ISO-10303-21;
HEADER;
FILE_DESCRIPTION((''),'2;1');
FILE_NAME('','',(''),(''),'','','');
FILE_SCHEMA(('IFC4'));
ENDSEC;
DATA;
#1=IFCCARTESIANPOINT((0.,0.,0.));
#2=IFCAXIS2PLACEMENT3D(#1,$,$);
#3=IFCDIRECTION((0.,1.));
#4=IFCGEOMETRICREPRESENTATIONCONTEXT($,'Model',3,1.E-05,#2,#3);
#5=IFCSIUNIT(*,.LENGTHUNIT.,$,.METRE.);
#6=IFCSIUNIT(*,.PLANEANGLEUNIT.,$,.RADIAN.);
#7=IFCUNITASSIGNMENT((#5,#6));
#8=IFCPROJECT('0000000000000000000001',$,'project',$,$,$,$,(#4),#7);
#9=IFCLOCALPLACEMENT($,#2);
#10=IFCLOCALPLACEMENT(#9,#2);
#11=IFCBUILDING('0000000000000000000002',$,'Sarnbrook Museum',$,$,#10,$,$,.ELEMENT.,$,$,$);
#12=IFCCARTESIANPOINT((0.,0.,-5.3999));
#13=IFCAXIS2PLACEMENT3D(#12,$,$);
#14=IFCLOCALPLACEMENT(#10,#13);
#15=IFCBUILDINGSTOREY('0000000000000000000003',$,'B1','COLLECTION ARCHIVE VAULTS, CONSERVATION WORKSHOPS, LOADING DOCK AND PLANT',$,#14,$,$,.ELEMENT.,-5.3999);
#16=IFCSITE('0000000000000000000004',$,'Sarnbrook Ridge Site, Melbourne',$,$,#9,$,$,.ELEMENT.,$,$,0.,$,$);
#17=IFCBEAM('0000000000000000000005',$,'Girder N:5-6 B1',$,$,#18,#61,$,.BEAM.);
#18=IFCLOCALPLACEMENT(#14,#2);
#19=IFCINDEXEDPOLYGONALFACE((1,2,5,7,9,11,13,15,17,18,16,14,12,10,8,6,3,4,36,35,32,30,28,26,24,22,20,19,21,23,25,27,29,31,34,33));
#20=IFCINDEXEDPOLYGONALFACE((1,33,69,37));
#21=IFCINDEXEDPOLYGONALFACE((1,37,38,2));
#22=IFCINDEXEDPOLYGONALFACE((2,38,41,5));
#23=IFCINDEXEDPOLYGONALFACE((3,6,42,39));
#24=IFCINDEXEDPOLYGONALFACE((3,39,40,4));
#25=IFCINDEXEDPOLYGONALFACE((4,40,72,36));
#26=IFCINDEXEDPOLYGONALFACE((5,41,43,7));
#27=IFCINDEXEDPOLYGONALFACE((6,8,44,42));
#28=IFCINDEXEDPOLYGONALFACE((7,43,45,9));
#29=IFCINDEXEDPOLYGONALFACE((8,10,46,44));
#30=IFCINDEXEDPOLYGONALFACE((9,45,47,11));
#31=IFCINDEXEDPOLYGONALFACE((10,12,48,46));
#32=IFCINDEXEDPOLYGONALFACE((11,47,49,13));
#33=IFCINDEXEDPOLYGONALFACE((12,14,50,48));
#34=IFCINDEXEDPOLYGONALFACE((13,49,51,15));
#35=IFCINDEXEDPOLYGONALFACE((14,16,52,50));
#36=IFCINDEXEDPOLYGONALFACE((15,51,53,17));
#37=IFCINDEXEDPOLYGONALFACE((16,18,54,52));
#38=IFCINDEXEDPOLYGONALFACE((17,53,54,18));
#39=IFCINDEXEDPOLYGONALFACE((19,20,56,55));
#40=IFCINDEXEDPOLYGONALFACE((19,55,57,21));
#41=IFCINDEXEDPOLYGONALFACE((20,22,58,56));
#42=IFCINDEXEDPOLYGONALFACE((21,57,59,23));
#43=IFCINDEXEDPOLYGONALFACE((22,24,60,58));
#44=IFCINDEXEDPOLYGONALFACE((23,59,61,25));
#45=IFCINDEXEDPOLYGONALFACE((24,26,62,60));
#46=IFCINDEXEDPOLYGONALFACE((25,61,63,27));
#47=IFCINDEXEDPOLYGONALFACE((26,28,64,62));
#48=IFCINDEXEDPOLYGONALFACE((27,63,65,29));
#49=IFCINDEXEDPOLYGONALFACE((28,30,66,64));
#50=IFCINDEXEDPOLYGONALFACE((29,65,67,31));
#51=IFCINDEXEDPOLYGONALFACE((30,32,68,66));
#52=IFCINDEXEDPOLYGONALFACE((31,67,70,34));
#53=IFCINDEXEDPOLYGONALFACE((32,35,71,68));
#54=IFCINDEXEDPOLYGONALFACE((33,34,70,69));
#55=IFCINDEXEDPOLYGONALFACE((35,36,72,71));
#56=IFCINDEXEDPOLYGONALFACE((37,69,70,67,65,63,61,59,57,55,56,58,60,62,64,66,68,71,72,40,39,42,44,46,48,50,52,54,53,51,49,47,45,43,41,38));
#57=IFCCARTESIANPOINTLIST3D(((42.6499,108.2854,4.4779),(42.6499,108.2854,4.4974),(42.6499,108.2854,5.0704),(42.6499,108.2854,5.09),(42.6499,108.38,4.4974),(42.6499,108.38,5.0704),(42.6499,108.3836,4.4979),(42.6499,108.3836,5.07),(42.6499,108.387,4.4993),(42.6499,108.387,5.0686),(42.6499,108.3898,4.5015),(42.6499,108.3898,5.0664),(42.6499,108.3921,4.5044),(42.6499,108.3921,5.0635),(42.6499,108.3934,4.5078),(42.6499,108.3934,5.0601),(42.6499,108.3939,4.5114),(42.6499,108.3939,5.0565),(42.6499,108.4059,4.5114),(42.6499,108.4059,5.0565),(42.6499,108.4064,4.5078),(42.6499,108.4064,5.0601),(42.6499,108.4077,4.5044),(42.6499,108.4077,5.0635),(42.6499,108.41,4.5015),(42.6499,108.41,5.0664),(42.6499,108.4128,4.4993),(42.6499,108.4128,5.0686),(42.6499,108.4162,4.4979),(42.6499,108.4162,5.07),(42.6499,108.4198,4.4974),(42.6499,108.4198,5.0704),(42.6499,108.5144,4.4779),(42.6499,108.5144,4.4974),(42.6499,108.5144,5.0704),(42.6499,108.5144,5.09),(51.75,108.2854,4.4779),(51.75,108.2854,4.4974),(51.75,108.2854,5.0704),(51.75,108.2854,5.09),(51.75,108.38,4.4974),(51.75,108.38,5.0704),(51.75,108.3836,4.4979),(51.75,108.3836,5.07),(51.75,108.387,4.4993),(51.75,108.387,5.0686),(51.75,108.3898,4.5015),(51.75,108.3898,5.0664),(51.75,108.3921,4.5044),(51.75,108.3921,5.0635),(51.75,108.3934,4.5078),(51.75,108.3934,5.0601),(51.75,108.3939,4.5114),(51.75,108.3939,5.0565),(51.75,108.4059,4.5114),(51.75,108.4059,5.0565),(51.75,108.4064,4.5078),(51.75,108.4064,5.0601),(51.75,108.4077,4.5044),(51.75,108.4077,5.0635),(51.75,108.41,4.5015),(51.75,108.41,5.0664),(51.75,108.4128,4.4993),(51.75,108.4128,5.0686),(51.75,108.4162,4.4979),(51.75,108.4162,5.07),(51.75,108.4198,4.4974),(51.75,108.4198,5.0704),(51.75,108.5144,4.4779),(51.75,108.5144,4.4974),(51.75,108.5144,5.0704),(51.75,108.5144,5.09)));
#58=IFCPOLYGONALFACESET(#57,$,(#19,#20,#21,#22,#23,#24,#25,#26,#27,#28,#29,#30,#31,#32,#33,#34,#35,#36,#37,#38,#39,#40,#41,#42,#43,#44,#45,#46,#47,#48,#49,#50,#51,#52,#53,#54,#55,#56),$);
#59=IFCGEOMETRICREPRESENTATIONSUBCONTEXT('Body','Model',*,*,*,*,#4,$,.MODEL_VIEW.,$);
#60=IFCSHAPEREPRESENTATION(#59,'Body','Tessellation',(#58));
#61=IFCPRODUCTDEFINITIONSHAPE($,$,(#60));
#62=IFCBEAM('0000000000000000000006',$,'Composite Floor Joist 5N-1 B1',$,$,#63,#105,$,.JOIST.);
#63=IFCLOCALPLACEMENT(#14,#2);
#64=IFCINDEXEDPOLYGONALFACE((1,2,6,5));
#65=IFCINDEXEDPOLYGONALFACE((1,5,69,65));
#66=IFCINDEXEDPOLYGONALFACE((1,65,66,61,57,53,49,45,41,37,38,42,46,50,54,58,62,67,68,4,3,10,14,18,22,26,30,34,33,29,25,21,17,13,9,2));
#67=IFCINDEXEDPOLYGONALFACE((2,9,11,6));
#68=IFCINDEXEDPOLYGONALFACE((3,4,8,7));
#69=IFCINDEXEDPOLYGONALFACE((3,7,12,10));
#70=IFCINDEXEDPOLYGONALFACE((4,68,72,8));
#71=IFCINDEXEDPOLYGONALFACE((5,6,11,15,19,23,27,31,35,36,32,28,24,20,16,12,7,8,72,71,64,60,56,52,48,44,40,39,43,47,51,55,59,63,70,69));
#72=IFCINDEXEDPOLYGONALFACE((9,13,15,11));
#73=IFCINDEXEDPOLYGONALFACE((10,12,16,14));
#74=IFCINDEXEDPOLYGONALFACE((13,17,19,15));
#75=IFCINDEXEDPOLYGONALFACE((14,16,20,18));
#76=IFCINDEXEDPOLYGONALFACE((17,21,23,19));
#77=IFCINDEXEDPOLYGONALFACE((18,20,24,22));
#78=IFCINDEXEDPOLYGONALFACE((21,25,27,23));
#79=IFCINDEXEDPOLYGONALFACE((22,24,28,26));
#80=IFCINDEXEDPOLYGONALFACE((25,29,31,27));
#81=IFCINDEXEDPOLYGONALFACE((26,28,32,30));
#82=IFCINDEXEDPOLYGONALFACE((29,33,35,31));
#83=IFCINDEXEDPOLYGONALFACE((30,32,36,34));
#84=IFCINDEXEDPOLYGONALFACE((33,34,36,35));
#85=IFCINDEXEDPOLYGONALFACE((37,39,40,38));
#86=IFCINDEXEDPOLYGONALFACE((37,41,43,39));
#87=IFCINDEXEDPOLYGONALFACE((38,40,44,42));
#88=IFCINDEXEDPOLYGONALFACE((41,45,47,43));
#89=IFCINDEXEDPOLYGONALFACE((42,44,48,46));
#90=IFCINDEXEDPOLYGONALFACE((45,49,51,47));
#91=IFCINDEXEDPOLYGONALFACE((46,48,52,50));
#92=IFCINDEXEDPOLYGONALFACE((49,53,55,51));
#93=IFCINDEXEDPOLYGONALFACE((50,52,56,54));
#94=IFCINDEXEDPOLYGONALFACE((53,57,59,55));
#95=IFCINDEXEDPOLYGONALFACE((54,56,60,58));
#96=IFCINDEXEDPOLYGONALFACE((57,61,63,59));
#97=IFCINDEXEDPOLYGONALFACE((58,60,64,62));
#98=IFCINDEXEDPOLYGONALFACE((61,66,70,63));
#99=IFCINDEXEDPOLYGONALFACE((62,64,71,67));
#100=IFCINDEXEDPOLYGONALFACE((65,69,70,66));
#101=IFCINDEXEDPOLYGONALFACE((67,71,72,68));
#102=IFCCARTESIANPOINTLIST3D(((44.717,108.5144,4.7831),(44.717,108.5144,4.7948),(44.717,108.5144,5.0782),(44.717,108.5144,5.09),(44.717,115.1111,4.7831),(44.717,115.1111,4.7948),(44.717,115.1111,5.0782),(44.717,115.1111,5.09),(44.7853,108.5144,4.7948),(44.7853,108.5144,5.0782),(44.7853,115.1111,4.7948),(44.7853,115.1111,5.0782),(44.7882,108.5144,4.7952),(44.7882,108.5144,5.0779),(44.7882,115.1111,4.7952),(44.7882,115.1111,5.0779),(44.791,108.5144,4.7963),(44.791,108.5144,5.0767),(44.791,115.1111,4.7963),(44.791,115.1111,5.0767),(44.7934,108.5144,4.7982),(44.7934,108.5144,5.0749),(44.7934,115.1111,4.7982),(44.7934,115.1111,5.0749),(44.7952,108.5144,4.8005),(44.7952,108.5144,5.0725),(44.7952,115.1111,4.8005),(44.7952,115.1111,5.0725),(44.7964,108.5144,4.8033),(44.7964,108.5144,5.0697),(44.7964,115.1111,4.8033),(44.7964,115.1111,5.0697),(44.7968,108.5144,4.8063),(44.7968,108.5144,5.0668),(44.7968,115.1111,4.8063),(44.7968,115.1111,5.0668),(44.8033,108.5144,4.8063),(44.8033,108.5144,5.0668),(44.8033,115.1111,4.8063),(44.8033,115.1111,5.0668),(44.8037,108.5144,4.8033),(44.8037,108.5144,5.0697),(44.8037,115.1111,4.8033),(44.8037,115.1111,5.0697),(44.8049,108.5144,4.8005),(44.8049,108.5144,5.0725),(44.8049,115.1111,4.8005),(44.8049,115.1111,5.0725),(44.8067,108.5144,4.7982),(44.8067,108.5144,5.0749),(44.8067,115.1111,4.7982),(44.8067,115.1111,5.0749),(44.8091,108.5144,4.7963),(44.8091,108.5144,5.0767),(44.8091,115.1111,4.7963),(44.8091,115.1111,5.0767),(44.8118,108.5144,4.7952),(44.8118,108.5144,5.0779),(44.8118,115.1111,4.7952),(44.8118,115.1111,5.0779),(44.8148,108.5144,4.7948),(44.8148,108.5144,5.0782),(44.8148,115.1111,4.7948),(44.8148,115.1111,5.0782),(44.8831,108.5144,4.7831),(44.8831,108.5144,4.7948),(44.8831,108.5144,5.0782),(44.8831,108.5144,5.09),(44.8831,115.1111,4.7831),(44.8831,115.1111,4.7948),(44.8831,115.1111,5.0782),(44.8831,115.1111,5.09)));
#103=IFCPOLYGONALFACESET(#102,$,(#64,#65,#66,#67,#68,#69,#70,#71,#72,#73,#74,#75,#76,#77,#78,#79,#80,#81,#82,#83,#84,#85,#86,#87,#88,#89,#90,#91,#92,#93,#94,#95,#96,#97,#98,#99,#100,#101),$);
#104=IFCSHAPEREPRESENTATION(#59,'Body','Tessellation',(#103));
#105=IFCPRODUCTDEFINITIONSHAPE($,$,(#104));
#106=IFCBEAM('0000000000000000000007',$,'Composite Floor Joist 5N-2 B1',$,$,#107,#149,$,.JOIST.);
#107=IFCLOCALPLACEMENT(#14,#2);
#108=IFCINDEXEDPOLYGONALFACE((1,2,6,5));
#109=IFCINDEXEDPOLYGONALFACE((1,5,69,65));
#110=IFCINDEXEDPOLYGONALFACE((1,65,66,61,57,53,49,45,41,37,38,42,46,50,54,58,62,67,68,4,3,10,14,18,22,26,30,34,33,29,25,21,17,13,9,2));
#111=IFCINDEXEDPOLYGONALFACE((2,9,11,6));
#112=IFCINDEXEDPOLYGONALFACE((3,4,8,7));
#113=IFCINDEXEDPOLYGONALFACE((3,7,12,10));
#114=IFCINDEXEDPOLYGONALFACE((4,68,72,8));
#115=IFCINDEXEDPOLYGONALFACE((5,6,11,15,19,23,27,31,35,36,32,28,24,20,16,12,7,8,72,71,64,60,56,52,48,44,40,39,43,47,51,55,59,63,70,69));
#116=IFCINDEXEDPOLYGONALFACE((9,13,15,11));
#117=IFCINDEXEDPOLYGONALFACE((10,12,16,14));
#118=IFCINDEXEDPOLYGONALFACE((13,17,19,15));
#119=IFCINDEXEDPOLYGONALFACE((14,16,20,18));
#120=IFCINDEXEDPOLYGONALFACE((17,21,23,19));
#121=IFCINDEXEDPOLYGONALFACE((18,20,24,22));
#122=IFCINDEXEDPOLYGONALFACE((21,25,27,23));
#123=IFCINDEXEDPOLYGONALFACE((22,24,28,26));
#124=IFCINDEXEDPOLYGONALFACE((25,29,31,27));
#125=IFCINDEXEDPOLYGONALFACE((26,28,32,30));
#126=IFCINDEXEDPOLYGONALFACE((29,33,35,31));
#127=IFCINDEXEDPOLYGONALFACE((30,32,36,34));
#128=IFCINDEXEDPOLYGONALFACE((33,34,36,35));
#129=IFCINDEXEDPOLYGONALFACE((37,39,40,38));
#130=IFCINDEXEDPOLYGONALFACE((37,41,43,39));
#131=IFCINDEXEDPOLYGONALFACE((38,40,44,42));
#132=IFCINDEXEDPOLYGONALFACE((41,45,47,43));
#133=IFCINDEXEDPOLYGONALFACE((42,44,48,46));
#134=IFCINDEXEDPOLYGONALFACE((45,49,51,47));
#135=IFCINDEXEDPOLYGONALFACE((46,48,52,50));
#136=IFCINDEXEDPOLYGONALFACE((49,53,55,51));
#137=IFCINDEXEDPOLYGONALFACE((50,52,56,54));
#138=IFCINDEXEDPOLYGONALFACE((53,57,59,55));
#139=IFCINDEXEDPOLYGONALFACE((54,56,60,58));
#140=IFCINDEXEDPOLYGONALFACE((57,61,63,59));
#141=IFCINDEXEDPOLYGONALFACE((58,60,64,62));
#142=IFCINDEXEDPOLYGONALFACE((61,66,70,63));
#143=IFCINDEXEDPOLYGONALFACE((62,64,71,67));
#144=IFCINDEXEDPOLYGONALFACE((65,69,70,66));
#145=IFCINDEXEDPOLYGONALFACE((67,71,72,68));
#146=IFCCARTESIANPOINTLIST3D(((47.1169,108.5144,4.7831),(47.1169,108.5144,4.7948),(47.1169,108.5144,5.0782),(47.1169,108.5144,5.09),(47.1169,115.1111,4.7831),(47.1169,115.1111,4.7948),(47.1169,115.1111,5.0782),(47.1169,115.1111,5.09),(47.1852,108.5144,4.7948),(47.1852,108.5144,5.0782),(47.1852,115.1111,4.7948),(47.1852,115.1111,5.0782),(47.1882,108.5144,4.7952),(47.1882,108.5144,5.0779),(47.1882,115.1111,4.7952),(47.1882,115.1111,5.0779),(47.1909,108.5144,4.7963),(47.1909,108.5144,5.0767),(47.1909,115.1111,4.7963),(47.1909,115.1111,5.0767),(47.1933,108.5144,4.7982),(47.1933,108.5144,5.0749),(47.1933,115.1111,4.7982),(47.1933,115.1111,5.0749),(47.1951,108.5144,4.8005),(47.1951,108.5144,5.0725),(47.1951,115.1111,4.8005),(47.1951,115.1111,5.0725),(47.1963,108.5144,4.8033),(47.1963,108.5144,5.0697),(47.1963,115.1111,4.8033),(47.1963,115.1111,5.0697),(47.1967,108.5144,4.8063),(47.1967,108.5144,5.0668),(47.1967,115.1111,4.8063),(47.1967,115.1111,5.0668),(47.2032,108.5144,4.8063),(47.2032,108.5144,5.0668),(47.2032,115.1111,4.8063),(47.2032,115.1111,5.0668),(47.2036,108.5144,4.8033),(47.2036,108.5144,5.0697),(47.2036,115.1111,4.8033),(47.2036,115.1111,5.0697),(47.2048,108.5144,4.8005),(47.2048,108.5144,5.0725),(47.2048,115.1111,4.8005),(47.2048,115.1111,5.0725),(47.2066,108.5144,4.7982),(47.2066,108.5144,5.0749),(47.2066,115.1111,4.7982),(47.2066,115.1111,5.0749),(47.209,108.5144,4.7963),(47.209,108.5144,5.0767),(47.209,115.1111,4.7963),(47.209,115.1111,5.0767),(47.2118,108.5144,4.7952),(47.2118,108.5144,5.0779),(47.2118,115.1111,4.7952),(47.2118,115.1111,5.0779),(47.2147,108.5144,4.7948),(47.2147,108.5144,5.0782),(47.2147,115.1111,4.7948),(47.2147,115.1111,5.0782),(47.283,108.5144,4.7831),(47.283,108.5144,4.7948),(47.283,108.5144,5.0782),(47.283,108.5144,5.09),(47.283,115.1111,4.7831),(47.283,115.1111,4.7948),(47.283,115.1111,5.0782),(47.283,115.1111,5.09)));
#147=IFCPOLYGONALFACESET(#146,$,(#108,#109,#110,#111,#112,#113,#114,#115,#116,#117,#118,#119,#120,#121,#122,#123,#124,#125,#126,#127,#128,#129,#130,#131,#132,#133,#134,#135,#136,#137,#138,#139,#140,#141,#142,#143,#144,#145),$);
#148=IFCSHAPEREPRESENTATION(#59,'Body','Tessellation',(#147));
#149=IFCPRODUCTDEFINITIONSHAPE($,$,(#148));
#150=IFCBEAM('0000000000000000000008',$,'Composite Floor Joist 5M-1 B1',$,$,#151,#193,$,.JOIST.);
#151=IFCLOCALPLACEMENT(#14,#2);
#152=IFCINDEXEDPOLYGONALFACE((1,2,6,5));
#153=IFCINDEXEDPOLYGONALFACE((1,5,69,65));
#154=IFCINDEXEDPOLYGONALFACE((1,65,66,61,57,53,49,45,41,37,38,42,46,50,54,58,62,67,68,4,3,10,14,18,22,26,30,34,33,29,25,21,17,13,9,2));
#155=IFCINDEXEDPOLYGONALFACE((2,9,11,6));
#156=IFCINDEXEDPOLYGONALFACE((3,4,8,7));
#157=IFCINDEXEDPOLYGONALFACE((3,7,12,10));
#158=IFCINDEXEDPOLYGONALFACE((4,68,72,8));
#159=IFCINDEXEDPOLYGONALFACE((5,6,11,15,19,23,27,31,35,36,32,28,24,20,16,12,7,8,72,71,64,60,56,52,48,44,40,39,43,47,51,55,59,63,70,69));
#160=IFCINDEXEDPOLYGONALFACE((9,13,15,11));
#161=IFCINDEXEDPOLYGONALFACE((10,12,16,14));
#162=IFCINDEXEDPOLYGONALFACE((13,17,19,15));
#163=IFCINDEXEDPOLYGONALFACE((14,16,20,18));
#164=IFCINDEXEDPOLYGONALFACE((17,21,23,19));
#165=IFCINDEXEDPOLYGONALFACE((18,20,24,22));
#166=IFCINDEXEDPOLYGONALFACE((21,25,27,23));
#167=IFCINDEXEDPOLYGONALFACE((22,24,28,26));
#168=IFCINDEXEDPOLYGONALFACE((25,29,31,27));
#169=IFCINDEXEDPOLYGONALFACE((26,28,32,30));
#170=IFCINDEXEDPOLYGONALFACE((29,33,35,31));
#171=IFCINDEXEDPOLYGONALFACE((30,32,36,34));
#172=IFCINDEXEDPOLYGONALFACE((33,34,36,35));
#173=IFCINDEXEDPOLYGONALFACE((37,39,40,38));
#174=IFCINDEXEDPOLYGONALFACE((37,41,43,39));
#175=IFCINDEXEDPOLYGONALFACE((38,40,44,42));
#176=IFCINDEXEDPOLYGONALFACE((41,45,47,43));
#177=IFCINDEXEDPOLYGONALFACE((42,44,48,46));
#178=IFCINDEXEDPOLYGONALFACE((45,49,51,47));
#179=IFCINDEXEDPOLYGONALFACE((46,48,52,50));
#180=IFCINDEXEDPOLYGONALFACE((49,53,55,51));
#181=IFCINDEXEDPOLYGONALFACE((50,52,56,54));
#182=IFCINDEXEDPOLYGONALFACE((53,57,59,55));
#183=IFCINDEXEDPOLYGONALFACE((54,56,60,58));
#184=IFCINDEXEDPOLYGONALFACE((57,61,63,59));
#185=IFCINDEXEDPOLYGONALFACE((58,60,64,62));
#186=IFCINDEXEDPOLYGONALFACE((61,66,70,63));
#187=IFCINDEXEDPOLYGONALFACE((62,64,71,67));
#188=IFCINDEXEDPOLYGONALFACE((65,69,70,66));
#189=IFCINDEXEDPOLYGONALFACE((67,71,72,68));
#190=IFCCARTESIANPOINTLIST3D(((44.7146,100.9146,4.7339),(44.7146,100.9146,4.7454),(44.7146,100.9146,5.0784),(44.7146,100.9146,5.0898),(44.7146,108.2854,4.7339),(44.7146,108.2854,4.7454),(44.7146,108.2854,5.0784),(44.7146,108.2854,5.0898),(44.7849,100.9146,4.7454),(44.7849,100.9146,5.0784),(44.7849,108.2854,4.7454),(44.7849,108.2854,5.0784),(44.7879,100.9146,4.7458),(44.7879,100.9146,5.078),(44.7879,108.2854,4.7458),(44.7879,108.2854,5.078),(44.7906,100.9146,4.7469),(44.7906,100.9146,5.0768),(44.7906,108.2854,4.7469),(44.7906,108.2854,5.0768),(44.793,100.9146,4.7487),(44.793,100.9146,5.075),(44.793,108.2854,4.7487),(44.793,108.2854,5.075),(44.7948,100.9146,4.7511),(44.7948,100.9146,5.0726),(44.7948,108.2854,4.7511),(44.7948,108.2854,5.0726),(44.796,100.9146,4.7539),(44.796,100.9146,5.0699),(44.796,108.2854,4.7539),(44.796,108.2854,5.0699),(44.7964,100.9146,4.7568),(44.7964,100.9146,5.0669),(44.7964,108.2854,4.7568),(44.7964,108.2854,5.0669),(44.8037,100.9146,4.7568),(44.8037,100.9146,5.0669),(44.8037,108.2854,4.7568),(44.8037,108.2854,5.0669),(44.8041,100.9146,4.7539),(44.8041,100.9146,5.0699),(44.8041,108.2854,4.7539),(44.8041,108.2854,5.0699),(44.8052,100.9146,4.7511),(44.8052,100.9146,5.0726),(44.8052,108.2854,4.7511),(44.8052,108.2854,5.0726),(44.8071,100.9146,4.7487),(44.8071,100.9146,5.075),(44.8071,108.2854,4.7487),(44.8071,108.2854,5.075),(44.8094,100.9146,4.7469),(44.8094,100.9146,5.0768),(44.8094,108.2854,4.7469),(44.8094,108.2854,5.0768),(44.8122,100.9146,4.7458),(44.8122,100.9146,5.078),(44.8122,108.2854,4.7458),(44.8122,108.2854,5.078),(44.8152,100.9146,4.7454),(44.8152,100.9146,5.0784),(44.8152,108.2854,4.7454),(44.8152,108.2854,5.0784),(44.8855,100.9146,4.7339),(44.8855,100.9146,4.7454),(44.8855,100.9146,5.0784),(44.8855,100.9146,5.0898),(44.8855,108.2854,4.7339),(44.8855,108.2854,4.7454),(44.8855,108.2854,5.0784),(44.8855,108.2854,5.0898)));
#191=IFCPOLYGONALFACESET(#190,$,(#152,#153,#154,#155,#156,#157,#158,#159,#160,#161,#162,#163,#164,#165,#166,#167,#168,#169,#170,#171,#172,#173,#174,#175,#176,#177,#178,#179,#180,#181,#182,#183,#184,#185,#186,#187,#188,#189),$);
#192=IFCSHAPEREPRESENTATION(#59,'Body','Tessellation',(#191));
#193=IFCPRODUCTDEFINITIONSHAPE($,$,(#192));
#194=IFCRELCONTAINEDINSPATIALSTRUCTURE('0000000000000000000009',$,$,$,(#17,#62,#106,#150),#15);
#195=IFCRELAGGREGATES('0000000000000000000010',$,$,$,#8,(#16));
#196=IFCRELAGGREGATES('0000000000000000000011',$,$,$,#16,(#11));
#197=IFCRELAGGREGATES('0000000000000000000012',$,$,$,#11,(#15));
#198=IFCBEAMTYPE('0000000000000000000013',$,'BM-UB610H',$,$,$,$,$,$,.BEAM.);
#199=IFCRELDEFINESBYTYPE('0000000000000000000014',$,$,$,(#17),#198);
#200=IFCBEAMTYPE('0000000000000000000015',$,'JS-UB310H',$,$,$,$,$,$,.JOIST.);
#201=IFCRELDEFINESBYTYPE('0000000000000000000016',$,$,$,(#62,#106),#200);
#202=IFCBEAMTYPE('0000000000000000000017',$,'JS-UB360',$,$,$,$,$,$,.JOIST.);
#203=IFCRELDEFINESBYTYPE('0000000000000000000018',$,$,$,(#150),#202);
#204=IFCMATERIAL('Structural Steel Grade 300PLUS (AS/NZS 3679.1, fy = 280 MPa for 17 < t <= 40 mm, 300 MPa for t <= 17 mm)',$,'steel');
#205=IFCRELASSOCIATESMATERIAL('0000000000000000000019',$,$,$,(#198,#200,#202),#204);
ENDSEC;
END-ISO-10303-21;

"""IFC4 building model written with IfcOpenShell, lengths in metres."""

from ifc_helpers import new_model, si_unit, direction, frame, origin, origin_2d, place, context, subcontext, project, spatial, i_section, extrude, material, material_profile, profile_set, type_object, element, save


model = new_model("IFC4")

# Units and contexts
model_context = context("Model", 3, precision=1e-05, world=origin(), true_north=direction((0.0, 1.0)))
body_context = subcontext(model_context, "Body", "Model", "MODEL_VIEW")
ifc_project = project(units=[si_unit("LENGTHUNIT", "METRE"), si_unit("PLANEANGLEUNIT", "RADIAN")], contexts=[model_context])

# Site, building, storey
site_placement = place(None, origin())
site = spatial("IfcSite", under=ifc_project, at=site_placement, Name="Sarnbrook Ridge Site, Melbourne", CompositionType="ELEMENT", RefElevation=0.0)
building_placement = place(site_placement, origin())
building = spatial("IfcBuilding", under=site, at=building_placement, Name="Sarnbrook Museum", CompositionType="ELEMENT")
storey_placement = place(building_placement, frame((0.0, 0.0, -5.3999)))
storey = spatial("IfcBuildingStorey", under=building, at=storey_placement, Name="B1", Description="COLLECTION ARCHIVE VAULTS, CONSERVATION WORKSHOPS, LOADING DOCK AND PLANT", CompositionType="ELEMENT", Elevation=-5.3999)

# Beams
ifc_material_1 = material(Name="Structural Steel Grade 300PLUS (AS/NZS 3679.1, fy = 280 MPa for 17 < t <= 40 mm, 300 MPa for t <= 17 mm)", Category="steel")
ifc_material_profile_1 = material_profile(ifc_material_1, i_section(OverallWidth=0.229, OverallDepth=0.6121, WebThickness=0.012, FlangeThickness=0.0195, FilletRadius=0.0139, at=origin_2d()), Name="610UB125")
ifc_profile_set_1 = profile_set([ifc_material_profile_1], Name="Structural Steel Grade 300PLUS (AS/NZS 3679.1, fy = 280 MPa for 17 < t <= 40 mm, 300 MPa for t <= 17 mm)")
beam_type_1 = type_object("IfcBeamType", Name="BM-UB610H", PredefinedType="BEAM", material=ifc_profile_set_1)
for number, where, z_axis, x_axis, name in (
    (1, (42.6499, 108.3999, 4.7839), (1.0, 0.0, 0.0), (0.0, 1.0, 0.0), "Girder N:5-6 B1"),
):
    element("IfcBeam", number, at=place(storey_placement, frame(where, z_axis=z_axis, x_axis=x_axis)), inside=storey, type_object=beam_type_1, Name=name, PredefinedType="BEAM", context=body_context, shape_type="SweptSolid", body=[
        extrude(i_section(OverallWidth=0.229, OverallDepth=0.6121, WebThickness=0.012, FlangeThickness=0.0195, FilletRadius=0.0139, at=origin_2d()), origin(), (0.0, 0.0, 1.0), 9.1001),
    ])
ifc_material_profile_2 = material_profile(ifc_material_1, i_section(OverallWidth=0.166, OverallDepth=0.3069, WebThickness=0.0066, FlangeThickness=0.0117, FilletRadius=0.0115, at=origin_2d()), Name="310UB46.2")
ifc_profile_set_2 = profile_set([ifc_material_profile_2], Name="Structural Steel Grade 300PLUS (AS/NZS 3679.1, fy = 280 MPa for 17 < t <= 40 mm, 300 MPa for t <= 17 mm)")
beam_type_2 = type_object("IfcBeamType", Name="JS-UB310H", PredefinedType="JOIST", material=ifc_profile_set_2)
for number, where, z_axis, x_axis, name in (
    (2, (44.8, 108.5144, 4.9365), (0.0, 1.0, 0.0), (-1.0, 0.0, 0.0), "Composite Floor Joist 5N-1 B1"),
    (3, (47.2, 108.5144, 4.9365), (0.0, 1.0, 0.0), (-1.0, 0.0, 0.0), "Composite Floor Joist 5N-2 B1"),
):
    element("IfcBeam", number, at=place(storey_placement, frame(where, z_axis=z_axis, x_axis=x_axis)), inside=storey, type_object=beam_type_2, Name=name, PredefinedType="JOIST", context=body_context, shape_type="SweptSolid", body=[
        extrude(i_section(OverallWidth=0.166, OverallDepth=0.3069, WebThickness=0.0066, FlangeThickness=0.0117, FilletRadius=0.0115, at=origin_2d()), origin(), (0.0, 0.0, 1.0), 6.5967),
    ])
ifc_material_profile_3 = material_profile(ifc_material_1, i_section(OverallWidth=0.1709, OverallDepth=0.356, WebThickness=0.0073, FlangeThickness=0.0115, FilletRadius=0.0115, at=origin_2d()), Name="360UB50.7")
ifc_profile_set_3 = profile_set([ifc_material_profile_3], Name="Structural Steel Grade 300PLUS (AS/NZS 3679.1, fy = 280 MPa for 17 < t <= 40 mm, 300 MPa for t <= 17 mm)")
beam_type_3 = type_object("IfcBeamType", Name="JS-UB360", PredefinedType="JOIST", material=ifc_profile_set_3)
for number, where, z_axis, x_axis, name in (
    (4, (44.8, 100.9146, 4.9119), (0.0, 1.0, 0.0), (-1.0, 0.0, 0.0), "Composite Floor Joist 5M-1 B1"),
):
    element("IfcBeam", number, at=place(storey_placement, frame(where, z_axis=z_axis, x_axis=x_axis)), inside=storey, type_object=beam_type_3, Name=name, PredefinedType="JOIST", context=body_context, shape_type="SweptSolid", body=[
        extrude(i_section(OverallWidth=0.1709, OverallDepth=0.356, WebThickness=0.0073, FlangeThickness=0.0115, FilletRadius=0.0115, at=origin_2d()), origin(), (0.0, 0.0, 1.0), 7.3708),
    ])

save(model, "model.ifc")
